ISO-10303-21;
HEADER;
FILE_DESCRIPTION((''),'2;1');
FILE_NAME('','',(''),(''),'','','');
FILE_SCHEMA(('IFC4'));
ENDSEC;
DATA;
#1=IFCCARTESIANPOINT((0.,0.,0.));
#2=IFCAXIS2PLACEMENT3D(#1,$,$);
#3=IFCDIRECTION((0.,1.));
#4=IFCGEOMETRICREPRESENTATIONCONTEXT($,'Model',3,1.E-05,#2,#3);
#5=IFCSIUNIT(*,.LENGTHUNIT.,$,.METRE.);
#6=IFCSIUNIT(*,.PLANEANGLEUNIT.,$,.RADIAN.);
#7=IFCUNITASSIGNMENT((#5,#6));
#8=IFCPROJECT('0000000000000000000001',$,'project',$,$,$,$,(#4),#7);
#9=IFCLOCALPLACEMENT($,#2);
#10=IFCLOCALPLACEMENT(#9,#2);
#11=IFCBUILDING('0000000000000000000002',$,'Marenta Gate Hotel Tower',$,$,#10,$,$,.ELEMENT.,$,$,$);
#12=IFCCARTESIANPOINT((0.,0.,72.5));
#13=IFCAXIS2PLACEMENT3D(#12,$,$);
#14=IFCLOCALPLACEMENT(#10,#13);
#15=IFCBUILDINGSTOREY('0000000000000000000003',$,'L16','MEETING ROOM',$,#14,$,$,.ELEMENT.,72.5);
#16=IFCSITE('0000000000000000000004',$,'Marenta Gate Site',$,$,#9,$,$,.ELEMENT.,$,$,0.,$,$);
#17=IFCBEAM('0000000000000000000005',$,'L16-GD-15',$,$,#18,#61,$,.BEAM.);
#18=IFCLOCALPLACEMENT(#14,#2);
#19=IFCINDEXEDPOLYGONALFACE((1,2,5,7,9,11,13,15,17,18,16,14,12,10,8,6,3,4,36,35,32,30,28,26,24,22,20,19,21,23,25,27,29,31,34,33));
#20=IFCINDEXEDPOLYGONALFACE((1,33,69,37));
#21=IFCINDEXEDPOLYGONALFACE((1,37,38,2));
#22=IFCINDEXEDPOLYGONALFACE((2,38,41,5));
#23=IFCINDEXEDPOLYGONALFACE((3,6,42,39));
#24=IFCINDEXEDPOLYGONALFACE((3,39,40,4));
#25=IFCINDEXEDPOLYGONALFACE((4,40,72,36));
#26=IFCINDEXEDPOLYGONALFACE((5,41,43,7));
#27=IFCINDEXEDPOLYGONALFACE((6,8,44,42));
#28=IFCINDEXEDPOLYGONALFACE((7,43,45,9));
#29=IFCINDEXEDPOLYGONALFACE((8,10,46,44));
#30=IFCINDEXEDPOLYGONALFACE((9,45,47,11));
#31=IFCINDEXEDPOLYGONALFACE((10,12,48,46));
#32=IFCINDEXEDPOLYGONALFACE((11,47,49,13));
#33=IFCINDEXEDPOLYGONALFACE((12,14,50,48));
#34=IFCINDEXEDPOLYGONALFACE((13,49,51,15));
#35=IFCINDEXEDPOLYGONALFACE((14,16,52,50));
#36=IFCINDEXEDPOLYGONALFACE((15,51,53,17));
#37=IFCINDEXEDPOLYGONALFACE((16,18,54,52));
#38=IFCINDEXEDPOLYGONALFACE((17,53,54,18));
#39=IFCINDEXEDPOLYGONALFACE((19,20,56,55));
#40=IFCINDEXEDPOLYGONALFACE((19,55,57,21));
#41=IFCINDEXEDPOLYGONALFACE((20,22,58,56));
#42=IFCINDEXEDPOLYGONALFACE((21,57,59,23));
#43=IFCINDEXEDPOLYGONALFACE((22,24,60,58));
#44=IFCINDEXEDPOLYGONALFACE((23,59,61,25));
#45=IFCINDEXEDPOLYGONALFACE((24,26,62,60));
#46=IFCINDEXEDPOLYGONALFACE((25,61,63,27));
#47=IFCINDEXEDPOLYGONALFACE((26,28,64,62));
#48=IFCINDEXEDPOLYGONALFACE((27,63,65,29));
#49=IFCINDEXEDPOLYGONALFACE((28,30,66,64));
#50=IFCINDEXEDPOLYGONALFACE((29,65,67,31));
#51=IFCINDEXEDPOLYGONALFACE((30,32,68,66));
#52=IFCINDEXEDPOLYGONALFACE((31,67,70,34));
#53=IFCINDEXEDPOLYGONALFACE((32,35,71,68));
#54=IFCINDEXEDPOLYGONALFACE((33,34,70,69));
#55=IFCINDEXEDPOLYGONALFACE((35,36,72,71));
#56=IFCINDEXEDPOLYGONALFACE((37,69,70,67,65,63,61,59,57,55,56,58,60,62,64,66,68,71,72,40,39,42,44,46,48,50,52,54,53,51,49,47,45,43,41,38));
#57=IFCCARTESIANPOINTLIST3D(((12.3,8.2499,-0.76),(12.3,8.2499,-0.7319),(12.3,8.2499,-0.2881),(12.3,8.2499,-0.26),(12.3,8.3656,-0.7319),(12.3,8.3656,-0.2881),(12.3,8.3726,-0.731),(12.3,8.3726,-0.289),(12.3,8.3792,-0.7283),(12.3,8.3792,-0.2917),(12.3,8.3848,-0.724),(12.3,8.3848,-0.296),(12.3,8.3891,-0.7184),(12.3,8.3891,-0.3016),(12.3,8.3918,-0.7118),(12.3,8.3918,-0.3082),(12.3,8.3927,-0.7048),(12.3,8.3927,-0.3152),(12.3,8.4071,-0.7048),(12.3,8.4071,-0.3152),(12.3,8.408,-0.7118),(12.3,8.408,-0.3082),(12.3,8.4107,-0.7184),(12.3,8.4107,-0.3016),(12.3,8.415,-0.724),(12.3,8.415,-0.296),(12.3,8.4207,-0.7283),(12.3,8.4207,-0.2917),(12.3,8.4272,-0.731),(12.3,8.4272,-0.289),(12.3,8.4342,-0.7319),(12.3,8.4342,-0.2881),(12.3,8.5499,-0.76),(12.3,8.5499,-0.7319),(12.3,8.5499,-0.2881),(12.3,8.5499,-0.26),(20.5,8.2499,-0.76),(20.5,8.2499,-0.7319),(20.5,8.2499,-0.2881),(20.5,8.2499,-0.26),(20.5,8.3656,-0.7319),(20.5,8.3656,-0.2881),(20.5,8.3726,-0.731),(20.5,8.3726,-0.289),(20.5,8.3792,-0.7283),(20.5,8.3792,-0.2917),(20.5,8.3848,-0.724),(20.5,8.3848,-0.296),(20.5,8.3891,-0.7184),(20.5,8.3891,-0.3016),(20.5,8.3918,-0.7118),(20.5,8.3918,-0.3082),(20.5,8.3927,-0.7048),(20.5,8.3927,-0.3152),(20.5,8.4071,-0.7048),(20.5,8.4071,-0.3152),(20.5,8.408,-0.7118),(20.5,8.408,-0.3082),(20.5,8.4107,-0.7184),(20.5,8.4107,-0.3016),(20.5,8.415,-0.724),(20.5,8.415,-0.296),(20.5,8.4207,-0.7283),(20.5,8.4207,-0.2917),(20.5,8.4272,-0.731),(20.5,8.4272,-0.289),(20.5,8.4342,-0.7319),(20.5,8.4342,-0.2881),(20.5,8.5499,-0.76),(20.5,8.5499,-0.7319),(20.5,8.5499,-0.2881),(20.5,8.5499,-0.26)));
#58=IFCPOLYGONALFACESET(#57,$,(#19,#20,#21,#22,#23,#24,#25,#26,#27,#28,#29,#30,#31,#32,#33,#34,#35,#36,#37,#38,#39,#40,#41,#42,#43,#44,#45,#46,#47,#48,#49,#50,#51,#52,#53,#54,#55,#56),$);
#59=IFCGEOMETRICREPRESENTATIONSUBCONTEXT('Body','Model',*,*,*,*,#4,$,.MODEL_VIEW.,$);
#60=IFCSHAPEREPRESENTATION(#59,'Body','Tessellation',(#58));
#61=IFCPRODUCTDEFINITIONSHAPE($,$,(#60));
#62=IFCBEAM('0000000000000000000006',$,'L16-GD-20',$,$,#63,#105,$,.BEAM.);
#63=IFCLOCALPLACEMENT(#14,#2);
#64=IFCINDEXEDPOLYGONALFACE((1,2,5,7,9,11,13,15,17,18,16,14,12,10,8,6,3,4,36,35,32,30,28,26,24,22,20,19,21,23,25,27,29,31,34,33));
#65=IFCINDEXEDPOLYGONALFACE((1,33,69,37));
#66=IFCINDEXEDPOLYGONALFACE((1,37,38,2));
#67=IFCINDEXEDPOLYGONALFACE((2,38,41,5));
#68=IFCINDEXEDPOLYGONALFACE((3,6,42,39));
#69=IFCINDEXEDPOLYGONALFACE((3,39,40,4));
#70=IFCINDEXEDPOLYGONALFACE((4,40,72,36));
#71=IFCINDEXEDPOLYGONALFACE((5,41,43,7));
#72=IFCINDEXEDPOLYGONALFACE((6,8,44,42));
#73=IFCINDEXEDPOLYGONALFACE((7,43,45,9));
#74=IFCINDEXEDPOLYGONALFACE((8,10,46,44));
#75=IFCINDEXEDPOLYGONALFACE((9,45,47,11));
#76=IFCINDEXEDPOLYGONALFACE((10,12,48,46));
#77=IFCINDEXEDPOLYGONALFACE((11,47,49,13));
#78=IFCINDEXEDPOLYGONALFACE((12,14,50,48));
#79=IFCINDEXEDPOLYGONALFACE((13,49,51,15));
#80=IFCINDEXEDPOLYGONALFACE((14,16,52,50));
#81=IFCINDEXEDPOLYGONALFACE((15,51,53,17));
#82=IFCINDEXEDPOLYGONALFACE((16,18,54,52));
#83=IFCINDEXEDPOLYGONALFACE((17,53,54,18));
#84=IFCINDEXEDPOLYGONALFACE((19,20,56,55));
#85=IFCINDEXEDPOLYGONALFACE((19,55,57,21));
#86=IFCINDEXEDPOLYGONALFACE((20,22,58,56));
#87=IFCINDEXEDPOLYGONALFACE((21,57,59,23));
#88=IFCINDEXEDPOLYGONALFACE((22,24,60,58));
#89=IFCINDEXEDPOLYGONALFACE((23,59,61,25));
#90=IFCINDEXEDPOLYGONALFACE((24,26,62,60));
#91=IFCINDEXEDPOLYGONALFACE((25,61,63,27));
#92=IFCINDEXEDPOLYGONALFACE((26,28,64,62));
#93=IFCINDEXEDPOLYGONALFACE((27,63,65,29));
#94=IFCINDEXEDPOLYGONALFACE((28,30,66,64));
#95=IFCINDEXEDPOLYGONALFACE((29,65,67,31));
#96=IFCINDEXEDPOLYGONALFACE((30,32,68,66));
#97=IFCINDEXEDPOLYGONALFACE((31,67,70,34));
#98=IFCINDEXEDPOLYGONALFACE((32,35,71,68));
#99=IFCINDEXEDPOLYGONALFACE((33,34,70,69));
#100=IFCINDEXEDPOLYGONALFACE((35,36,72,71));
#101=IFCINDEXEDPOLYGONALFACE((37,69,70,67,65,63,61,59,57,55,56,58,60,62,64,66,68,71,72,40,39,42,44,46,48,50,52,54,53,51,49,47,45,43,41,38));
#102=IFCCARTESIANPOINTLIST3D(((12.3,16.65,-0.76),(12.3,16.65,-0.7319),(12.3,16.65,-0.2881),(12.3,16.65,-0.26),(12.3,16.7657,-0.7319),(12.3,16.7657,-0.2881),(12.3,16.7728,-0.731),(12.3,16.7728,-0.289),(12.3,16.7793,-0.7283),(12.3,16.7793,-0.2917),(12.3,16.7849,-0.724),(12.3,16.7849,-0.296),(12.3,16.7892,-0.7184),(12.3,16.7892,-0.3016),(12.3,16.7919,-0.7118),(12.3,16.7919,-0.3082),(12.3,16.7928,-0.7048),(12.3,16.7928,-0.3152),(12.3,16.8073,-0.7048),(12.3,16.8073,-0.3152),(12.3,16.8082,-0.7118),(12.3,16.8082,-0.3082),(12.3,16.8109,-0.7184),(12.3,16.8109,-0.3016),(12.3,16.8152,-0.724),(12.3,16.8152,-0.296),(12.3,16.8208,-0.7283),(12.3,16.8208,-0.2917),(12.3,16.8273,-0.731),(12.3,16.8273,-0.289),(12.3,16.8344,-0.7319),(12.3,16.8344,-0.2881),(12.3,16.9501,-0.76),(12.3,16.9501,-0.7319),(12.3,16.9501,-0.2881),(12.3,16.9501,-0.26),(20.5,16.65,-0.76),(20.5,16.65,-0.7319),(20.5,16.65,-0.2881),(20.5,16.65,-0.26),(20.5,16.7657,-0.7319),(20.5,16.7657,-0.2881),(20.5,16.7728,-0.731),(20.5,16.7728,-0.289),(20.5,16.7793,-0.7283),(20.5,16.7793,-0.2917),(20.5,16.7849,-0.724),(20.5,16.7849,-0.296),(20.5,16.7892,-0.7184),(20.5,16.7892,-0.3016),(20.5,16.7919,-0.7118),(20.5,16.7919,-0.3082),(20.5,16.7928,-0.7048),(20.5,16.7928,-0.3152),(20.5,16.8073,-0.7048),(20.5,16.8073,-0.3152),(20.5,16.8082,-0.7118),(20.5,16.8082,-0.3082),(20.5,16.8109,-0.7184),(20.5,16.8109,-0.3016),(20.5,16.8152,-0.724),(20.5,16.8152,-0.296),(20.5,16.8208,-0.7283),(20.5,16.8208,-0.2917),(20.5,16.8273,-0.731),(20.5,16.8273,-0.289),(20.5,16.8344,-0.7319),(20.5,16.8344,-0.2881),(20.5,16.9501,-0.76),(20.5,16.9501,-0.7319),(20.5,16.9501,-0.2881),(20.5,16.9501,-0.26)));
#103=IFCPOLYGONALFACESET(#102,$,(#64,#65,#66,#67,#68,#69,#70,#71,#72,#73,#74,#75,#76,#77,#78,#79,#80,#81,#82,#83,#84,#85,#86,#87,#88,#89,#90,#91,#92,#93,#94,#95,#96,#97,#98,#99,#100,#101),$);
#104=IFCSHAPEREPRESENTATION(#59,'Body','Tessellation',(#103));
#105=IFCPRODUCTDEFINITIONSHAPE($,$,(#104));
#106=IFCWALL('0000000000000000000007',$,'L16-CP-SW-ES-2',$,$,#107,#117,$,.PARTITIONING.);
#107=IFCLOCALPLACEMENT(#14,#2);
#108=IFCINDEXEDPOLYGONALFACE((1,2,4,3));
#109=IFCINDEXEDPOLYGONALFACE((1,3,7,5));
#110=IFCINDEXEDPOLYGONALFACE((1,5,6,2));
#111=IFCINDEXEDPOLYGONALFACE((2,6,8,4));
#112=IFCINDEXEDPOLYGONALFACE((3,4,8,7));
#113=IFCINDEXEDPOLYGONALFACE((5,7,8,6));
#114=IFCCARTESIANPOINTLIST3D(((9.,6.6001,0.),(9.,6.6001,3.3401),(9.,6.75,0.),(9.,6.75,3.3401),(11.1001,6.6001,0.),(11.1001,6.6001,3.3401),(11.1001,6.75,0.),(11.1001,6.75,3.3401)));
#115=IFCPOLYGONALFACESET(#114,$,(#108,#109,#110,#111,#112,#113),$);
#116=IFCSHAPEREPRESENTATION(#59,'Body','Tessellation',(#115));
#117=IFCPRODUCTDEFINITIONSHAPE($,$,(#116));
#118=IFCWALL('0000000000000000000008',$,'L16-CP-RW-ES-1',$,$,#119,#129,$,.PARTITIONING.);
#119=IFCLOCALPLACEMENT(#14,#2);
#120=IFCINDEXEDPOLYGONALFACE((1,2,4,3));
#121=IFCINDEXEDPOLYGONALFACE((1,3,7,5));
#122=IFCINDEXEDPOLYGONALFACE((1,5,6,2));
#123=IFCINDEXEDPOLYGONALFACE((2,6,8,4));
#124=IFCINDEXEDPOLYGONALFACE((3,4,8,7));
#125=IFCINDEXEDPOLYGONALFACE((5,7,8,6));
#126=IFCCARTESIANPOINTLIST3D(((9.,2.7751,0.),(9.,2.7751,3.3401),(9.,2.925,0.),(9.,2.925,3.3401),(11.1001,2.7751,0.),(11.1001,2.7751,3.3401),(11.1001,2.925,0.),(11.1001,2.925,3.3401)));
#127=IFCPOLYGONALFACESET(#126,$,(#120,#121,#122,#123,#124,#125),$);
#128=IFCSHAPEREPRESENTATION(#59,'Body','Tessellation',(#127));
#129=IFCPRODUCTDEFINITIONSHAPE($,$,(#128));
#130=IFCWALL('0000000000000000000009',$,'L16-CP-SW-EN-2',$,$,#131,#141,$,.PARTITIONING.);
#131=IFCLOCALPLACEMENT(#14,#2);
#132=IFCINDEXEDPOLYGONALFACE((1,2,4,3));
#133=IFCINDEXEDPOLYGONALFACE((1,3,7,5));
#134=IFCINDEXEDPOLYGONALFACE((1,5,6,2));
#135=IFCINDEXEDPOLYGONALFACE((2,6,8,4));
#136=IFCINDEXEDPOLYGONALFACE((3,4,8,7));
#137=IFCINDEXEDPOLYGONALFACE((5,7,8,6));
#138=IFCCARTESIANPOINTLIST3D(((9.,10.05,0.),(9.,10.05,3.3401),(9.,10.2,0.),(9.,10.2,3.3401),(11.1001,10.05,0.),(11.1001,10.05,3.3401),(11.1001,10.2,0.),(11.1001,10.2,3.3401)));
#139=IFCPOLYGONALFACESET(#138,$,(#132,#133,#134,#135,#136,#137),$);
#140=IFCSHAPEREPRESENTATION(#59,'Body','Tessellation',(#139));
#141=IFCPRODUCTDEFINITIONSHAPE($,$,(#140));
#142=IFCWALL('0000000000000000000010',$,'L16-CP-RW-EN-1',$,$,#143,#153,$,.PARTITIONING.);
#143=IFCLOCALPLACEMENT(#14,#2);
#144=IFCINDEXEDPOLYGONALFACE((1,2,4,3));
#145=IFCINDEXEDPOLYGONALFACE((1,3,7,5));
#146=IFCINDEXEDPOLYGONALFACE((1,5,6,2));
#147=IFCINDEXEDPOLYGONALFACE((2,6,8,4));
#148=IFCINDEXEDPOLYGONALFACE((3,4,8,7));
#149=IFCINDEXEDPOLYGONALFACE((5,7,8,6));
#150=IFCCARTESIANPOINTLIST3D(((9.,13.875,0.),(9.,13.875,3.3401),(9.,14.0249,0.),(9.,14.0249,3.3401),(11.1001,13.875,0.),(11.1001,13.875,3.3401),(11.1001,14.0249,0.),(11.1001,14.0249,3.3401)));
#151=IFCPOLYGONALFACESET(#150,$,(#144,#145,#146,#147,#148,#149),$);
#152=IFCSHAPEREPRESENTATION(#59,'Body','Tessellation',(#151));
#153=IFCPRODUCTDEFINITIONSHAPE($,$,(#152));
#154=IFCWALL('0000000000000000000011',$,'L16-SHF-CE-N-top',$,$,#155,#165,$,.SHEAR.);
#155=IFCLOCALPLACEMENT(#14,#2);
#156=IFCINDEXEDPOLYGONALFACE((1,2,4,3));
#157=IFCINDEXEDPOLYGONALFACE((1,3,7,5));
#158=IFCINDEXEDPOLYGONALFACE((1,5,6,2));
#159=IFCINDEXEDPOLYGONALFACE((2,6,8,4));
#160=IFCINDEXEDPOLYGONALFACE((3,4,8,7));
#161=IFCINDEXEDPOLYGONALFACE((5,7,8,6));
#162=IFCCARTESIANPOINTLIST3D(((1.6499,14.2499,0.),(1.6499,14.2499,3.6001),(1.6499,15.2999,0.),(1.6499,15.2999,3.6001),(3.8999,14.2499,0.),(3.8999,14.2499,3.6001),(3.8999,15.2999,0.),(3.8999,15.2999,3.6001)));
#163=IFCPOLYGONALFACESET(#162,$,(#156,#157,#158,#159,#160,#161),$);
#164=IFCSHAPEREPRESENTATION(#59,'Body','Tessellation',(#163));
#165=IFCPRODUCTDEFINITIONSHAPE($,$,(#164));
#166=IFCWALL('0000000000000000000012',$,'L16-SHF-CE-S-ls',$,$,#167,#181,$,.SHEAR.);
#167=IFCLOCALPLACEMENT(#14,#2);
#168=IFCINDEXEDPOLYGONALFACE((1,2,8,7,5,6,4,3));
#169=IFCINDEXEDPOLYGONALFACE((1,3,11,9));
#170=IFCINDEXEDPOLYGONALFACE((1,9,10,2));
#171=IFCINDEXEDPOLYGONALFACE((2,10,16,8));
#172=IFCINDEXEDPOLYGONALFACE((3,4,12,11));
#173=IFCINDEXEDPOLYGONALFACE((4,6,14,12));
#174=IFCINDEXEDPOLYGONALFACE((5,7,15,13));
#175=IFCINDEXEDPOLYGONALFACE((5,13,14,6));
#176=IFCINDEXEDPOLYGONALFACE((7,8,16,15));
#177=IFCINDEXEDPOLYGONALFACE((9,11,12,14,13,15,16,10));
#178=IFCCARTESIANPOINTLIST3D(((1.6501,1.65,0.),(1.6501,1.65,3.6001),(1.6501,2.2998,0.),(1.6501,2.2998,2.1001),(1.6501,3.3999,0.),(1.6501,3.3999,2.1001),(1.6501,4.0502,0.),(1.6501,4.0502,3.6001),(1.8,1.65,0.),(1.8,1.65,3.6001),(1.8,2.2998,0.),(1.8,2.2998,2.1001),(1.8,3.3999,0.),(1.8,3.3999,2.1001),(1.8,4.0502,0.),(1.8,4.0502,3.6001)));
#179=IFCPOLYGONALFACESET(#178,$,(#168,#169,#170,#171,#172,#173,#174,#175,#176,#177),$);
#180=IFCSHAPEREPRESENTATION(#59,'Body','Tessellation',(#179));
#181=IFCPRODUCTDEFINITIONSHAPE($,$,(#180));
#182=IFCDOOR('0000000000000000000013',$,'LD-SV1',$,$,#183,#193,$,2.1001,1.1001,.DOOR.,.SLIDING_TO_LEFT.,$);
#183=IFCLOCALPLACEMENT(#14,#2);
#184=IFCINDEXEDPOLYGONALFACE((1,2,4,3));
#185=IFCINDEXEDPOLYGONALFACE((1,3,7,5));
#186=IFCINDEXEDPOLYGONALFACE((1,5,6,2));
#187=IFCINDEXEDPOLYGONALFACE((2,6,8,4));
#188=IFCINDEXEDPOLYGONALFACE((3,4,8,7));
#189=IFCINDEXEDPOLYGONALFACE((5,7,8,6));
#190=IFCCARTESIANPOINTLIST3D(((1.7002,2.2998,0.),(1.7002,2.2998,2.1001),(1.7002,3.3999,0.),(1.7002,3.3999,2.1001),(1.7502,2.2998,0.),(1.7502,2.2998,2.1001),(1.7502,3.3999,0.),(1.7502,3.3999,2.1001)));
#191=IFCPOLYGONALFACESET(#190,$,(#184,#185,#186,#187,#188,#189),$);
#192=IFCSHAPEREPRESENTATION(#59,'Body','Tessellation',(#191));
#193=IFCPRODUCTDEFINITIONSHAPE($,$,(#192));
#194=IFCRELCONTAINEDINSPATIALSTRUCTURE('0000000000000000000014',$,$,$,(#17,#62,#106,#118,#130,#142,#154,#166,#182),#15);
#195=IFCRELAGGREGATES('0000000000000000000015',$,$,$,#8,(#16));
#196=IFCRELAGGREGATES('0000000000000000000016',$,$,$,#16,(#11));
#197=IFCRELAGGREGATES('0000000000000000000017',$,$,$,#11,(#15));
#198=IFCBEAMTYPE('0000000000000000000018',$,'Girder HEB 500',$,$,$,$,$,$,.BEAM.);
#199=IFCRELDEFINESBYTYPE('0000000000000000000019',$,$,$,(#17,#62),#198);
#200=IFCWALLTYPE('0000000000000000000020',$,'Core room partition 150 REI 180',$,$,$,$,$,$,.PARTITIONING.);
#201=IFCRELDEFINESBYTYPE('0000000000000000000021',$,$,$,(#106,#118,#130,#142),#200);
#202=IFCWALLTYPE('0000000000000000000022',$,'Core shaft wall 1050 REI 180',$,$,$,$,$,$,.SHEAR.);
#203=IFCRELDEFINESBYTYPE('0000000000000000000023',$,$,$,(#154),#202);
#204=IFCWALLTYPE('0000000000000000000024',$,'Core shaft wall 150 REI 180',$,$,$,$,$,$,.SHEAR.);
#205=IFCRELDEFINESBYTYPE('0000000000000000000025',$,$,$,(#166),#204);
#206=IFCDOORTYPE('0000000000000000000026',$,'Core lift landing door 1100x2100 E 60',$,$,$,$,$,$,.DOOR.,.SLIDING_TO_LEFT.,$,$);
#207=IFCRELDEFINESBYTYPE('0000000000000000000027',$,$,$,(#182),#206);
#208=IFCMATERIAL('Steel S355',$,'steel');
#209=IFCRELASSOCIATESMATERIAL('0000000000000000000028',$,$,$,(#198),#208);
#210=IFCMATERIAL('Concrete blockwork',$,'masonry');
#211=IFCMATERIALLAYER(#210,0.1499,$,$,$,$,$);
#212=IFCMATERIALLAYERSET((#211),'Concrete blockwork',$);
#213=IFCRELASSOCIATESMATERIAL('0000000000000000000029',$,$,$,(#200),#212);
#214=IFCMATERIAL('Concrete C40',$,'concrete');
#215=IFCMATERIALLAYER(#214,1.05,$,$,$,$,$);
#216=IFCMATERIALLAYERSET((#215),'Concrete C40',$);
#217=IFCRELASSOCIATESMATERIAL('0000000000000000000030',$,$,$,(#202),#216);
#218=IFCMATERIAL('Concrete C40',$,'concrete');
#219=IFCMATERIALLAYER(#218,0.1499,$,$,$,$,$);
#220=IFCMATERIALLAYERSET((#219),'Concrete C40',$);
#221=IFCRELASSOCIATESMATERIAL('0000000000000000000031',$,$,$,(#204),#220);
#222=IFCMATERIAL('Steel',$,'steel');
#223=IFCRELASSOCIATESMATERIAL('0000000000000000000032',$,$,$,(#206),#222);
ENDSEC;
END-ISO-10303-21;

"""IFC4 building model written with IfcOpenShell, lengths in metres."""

from ifc_helpers import new_model, si_unit, direction, frame, frame_2d, origin, origin_2d, place, context, subcontext, project, spatial, rectangle, i_section, extrude, material, layer, layer_set, material_profile, profile_set, type_object, element, fill, save


model = new_model("IFC4")

# Units and contexts
model_context = context("Model", 3, precision=1e-05, world=origin(), true_north=direction((0.0, 1.0)))
body_context = subcontext(model_context, "Body", "Model", "MODEL_VIEW")
ifc_project = project(units=[si_unit("LENGTHUNIT", "METRE"), si_unit("PLANEANGLEUNIT", "RADIAN")], contexts=[model_context])

# Site, building, storey
site_placement = place(None, origin())
site = spatial("IfcSite", under=ifc_project, at=site_placement, Name="Marenta Gate Site", CompositionType="ELEMENT", RefElevation=0.0)
building_placement = place(site_placement, origin())
building = spatial("IfcBuilding", under=site, at=building_placement, Name="Marenta Gate Hotel Tower", CompositionType="ELEMENT")
storey_placement = place(building_placement, frame((0.0, 0.0, 72.5)))
storey = spatial("IfcBuildingStorey", under=building, at=storey_placement, Name="L16", Description="MEETING ROOM", CompositionType="ELEMENT", Elevation=72.5)

# Beams
ifc_material_1 = material(Name="Steel S355", Category="steel")
ifc_material_profile = material_profile(ifc_material_1, i_section(OverallWidth=0.3, OverallDepth=0.5, WebThickness=0.0144, FlangeThickness=0.0281, FilletRadius=0.0271, at=origin_2d()), Name="HEB 500")
ifc_profile_set = profile_set([ifc_material_profile], Name="Steel S355")
beam_type = type_object("IfcBeamType", Name="Girder HEB 500", PredefinedType="BEAM", material=ifc_profile_set)
for number, where, z_axis, x_axis, name in (
    (1, (12.3, 8.3999, -0.51), (1.0, 0.0, 0.0), (0.0, 1.0, 0.0), "L16-GD-15"),
    (2, (12.3, 16.8, -0.51), (1.0, 0.0, 0.0), (0.0, 1.0, 0.0), "L16-GD-20"),
):
    element("IfcBeam", number, at=place(storey_placement, frame(where, z_axis=z_axis, x_axis=x_axis)), inside=storey, type_object=beam_type, Name=name, PredefinedType="BEAM", context=body_context, shape_type="SweptSolid", body=[
        extrude(i_section(OverallWidth=0.3, OverallDepth=0.5, WebThickness=0.0144, FlangeThickness=0.0281, FilletRadius=0.0271, at=origin_2d()), origin(), (0.0, 0.0, 1.0), 8.2),
    ])

# Walls
ifc_material_2 = material(Name="Concrete blockwork", Category="masonry")
ifc_layer_1 = layer(ifc_material_2, 0.1499)
ifc_layer_set_1 = layer_set([ifc_layer_1], Name="Concrete blockwork")
wall_type_1 = type_object("IfcWallType", Name="Core room partition 150 REI 180", PredefinedType="PARTITIONING", material=ifc_layer_set_1)
for number, where, z_axis, x_axis, name in (
    (3, (9.0, 6.675, 0.0), (0.0, 0.0, 1.0), (1.0, 0.0, 0.0), "L16-CP-SW-ES-2"),
    (4, (9.0, 2.8501, 0.0), (0.0, 0.0, 1.0), (1.0, 0.0, 0.0), "L16-CP-RW-ES-1"),
    (5, (9.0, 10.125, 0.0), (0.0, 0.0, 1.0), (1.0, 0.0, 0.0), "L16-CP-SW-EN-2"),
    (6, (9.0, 13.95, 0.0), (0.0, 0.0, 1.0), (1.0, 0.0, 0.0), "L16-CP-RW-EN-1"),
):
    element("IfcWall", number, at=place(storey_placement, frame(where, z_axis=z_axis, x_axis=x_axis)), inside=storey, type_object=wall_type_1, Name=name, PredefinedType="PARTITIONING", context=body_context, shape_type="SweptSolid", body=[
        extrude(rectangle(XDim=2.1001, YDim=0.1499, at=frame_2d((1.05, 0.0))), origin(), (0.0, 0.0, 1.0), 3.3401),
    ])
ifc_material_3 = material(Name="Concrete C40", Category="concrete")
ifc_layer_2 = layer(ifc_material_3, 1.05)
ifc_layer_set_2 = layer_set([ifc_layer_2], Name="Concrete C40")
wall_type_2 = type_object("IfcWallType", Name="Core shaft wall 1050 REI 180", PredefinedType="SHEAR", material=ifc_layer_set_2)
wall_1_placement = place(storey_placement, frame((1.6499, 14.7749, 0.0), z_axis=(0.0, 0.0, 1.0), x_axis=(1.0, 0.0, 0.0)))
element("IfcWall", 7, at=wall_1_placement, inside=storey, type_object=wall_type_2, Name="L16-SHF-CE-N-top", PredefinedType="SHEAR", context=body_context, shape_type="SweptSolid", body=[
    extrude(rectangle(XDim=2.25, YDim=1.05, at=frame_2d((1.125, 0.0))), origin(), (0.0, 0.0, 1.0), 3.6001),
])

# Wall, opening, door
ifc_material_4 = material(Name="Concrete C40", Category="concrete")
ifc_layer_3 = layer(ifc_material_4, 0.1499)
ifc_layer_set_3 = layer_set([ifc_layer_3], Name="Concrete C40")
wall_type_3 = type_object("IfcWallType", Name="Core shaft wall 150 REI 180", PredefinedType="SHEAR", material=ifc_layer_set_3)
wall_2_placement = place(storey_placement, frame((1.7251, 1.6499, 0.0), z_axis=(0.0, 0.0, 1.0), x_axis=(0.0, 1.0, 0.0)))
wall_2 = element("IfcWall", 8, at=wall_2_placement, inside=storey, type_object=wall_type_3, Name="L16-SHF-CE-S-ls", PredefinedType="SHEAR", context=body_context, shape_type="SweptSolid", body=[
    extrude(rectangle(XDim=2.4001, YDim=0.1499, at=frame_2d((1.2002, 0.0))), origin(), (0.0, 0.0, 1.0), 3.6001),
])
opening_1_placement = place(wall_2_placement, frame((0.6499, 0.0, 0.0)))
opening_1 = element("IfcOpeningElement", 9, at=opening_1_placement, cuts=wall_2, PredefinedType="OPENING", context=body_context, shape_type="SweptSolid", body=[
    extrude(rectangle(XDim=1.1001, YDim=2.1001, at=frame_2d((0.55, 1.05))), frame((0.0, 0.075, 0.0), z_axis=(0.0, -1.0, 0.0), x_axis=(1.0, 0.0, 0.0)), (0.0, 0.0, 1.0), 0.1499),
])
ifc_material_5 = material(Name="Steel", Category="steel")
door_type_1 = type_object("IfcDoorType", Name="Core lift landing door 1100x2100 E 60", OperationType="SLIDING_TO_LEFT", PredefinedType="DOOR", material=ifc_material_5)
door_1_placement = place(opening_1_placement, origin())
door_1 = element("IfcDoor", 10, at=door_1_placement, inside=storey, type_object=door_type_1, Name="LD-SV1", OperationType="SLIDING_TO_LEFT", OverallHeight=2.1001, OverallWidth=1.1001, PredefinedType="DOOR", context=body_context, shape_type="SweptSolid", body=[
    extrude(rectangle(XDim=1.1001, YDim=2.1001, at=frame_2d((0.55, 1.05))), frame((0.0, 0.0249, 0.0), z_axis=(0.0, -1.0, 0.0), x_axis=(1.0, 0.0, 0.0)), (0.0, 0.0, 1.0), 0.05),
])
fill(opening_1, door_1)

save(model, "model.ifc")
